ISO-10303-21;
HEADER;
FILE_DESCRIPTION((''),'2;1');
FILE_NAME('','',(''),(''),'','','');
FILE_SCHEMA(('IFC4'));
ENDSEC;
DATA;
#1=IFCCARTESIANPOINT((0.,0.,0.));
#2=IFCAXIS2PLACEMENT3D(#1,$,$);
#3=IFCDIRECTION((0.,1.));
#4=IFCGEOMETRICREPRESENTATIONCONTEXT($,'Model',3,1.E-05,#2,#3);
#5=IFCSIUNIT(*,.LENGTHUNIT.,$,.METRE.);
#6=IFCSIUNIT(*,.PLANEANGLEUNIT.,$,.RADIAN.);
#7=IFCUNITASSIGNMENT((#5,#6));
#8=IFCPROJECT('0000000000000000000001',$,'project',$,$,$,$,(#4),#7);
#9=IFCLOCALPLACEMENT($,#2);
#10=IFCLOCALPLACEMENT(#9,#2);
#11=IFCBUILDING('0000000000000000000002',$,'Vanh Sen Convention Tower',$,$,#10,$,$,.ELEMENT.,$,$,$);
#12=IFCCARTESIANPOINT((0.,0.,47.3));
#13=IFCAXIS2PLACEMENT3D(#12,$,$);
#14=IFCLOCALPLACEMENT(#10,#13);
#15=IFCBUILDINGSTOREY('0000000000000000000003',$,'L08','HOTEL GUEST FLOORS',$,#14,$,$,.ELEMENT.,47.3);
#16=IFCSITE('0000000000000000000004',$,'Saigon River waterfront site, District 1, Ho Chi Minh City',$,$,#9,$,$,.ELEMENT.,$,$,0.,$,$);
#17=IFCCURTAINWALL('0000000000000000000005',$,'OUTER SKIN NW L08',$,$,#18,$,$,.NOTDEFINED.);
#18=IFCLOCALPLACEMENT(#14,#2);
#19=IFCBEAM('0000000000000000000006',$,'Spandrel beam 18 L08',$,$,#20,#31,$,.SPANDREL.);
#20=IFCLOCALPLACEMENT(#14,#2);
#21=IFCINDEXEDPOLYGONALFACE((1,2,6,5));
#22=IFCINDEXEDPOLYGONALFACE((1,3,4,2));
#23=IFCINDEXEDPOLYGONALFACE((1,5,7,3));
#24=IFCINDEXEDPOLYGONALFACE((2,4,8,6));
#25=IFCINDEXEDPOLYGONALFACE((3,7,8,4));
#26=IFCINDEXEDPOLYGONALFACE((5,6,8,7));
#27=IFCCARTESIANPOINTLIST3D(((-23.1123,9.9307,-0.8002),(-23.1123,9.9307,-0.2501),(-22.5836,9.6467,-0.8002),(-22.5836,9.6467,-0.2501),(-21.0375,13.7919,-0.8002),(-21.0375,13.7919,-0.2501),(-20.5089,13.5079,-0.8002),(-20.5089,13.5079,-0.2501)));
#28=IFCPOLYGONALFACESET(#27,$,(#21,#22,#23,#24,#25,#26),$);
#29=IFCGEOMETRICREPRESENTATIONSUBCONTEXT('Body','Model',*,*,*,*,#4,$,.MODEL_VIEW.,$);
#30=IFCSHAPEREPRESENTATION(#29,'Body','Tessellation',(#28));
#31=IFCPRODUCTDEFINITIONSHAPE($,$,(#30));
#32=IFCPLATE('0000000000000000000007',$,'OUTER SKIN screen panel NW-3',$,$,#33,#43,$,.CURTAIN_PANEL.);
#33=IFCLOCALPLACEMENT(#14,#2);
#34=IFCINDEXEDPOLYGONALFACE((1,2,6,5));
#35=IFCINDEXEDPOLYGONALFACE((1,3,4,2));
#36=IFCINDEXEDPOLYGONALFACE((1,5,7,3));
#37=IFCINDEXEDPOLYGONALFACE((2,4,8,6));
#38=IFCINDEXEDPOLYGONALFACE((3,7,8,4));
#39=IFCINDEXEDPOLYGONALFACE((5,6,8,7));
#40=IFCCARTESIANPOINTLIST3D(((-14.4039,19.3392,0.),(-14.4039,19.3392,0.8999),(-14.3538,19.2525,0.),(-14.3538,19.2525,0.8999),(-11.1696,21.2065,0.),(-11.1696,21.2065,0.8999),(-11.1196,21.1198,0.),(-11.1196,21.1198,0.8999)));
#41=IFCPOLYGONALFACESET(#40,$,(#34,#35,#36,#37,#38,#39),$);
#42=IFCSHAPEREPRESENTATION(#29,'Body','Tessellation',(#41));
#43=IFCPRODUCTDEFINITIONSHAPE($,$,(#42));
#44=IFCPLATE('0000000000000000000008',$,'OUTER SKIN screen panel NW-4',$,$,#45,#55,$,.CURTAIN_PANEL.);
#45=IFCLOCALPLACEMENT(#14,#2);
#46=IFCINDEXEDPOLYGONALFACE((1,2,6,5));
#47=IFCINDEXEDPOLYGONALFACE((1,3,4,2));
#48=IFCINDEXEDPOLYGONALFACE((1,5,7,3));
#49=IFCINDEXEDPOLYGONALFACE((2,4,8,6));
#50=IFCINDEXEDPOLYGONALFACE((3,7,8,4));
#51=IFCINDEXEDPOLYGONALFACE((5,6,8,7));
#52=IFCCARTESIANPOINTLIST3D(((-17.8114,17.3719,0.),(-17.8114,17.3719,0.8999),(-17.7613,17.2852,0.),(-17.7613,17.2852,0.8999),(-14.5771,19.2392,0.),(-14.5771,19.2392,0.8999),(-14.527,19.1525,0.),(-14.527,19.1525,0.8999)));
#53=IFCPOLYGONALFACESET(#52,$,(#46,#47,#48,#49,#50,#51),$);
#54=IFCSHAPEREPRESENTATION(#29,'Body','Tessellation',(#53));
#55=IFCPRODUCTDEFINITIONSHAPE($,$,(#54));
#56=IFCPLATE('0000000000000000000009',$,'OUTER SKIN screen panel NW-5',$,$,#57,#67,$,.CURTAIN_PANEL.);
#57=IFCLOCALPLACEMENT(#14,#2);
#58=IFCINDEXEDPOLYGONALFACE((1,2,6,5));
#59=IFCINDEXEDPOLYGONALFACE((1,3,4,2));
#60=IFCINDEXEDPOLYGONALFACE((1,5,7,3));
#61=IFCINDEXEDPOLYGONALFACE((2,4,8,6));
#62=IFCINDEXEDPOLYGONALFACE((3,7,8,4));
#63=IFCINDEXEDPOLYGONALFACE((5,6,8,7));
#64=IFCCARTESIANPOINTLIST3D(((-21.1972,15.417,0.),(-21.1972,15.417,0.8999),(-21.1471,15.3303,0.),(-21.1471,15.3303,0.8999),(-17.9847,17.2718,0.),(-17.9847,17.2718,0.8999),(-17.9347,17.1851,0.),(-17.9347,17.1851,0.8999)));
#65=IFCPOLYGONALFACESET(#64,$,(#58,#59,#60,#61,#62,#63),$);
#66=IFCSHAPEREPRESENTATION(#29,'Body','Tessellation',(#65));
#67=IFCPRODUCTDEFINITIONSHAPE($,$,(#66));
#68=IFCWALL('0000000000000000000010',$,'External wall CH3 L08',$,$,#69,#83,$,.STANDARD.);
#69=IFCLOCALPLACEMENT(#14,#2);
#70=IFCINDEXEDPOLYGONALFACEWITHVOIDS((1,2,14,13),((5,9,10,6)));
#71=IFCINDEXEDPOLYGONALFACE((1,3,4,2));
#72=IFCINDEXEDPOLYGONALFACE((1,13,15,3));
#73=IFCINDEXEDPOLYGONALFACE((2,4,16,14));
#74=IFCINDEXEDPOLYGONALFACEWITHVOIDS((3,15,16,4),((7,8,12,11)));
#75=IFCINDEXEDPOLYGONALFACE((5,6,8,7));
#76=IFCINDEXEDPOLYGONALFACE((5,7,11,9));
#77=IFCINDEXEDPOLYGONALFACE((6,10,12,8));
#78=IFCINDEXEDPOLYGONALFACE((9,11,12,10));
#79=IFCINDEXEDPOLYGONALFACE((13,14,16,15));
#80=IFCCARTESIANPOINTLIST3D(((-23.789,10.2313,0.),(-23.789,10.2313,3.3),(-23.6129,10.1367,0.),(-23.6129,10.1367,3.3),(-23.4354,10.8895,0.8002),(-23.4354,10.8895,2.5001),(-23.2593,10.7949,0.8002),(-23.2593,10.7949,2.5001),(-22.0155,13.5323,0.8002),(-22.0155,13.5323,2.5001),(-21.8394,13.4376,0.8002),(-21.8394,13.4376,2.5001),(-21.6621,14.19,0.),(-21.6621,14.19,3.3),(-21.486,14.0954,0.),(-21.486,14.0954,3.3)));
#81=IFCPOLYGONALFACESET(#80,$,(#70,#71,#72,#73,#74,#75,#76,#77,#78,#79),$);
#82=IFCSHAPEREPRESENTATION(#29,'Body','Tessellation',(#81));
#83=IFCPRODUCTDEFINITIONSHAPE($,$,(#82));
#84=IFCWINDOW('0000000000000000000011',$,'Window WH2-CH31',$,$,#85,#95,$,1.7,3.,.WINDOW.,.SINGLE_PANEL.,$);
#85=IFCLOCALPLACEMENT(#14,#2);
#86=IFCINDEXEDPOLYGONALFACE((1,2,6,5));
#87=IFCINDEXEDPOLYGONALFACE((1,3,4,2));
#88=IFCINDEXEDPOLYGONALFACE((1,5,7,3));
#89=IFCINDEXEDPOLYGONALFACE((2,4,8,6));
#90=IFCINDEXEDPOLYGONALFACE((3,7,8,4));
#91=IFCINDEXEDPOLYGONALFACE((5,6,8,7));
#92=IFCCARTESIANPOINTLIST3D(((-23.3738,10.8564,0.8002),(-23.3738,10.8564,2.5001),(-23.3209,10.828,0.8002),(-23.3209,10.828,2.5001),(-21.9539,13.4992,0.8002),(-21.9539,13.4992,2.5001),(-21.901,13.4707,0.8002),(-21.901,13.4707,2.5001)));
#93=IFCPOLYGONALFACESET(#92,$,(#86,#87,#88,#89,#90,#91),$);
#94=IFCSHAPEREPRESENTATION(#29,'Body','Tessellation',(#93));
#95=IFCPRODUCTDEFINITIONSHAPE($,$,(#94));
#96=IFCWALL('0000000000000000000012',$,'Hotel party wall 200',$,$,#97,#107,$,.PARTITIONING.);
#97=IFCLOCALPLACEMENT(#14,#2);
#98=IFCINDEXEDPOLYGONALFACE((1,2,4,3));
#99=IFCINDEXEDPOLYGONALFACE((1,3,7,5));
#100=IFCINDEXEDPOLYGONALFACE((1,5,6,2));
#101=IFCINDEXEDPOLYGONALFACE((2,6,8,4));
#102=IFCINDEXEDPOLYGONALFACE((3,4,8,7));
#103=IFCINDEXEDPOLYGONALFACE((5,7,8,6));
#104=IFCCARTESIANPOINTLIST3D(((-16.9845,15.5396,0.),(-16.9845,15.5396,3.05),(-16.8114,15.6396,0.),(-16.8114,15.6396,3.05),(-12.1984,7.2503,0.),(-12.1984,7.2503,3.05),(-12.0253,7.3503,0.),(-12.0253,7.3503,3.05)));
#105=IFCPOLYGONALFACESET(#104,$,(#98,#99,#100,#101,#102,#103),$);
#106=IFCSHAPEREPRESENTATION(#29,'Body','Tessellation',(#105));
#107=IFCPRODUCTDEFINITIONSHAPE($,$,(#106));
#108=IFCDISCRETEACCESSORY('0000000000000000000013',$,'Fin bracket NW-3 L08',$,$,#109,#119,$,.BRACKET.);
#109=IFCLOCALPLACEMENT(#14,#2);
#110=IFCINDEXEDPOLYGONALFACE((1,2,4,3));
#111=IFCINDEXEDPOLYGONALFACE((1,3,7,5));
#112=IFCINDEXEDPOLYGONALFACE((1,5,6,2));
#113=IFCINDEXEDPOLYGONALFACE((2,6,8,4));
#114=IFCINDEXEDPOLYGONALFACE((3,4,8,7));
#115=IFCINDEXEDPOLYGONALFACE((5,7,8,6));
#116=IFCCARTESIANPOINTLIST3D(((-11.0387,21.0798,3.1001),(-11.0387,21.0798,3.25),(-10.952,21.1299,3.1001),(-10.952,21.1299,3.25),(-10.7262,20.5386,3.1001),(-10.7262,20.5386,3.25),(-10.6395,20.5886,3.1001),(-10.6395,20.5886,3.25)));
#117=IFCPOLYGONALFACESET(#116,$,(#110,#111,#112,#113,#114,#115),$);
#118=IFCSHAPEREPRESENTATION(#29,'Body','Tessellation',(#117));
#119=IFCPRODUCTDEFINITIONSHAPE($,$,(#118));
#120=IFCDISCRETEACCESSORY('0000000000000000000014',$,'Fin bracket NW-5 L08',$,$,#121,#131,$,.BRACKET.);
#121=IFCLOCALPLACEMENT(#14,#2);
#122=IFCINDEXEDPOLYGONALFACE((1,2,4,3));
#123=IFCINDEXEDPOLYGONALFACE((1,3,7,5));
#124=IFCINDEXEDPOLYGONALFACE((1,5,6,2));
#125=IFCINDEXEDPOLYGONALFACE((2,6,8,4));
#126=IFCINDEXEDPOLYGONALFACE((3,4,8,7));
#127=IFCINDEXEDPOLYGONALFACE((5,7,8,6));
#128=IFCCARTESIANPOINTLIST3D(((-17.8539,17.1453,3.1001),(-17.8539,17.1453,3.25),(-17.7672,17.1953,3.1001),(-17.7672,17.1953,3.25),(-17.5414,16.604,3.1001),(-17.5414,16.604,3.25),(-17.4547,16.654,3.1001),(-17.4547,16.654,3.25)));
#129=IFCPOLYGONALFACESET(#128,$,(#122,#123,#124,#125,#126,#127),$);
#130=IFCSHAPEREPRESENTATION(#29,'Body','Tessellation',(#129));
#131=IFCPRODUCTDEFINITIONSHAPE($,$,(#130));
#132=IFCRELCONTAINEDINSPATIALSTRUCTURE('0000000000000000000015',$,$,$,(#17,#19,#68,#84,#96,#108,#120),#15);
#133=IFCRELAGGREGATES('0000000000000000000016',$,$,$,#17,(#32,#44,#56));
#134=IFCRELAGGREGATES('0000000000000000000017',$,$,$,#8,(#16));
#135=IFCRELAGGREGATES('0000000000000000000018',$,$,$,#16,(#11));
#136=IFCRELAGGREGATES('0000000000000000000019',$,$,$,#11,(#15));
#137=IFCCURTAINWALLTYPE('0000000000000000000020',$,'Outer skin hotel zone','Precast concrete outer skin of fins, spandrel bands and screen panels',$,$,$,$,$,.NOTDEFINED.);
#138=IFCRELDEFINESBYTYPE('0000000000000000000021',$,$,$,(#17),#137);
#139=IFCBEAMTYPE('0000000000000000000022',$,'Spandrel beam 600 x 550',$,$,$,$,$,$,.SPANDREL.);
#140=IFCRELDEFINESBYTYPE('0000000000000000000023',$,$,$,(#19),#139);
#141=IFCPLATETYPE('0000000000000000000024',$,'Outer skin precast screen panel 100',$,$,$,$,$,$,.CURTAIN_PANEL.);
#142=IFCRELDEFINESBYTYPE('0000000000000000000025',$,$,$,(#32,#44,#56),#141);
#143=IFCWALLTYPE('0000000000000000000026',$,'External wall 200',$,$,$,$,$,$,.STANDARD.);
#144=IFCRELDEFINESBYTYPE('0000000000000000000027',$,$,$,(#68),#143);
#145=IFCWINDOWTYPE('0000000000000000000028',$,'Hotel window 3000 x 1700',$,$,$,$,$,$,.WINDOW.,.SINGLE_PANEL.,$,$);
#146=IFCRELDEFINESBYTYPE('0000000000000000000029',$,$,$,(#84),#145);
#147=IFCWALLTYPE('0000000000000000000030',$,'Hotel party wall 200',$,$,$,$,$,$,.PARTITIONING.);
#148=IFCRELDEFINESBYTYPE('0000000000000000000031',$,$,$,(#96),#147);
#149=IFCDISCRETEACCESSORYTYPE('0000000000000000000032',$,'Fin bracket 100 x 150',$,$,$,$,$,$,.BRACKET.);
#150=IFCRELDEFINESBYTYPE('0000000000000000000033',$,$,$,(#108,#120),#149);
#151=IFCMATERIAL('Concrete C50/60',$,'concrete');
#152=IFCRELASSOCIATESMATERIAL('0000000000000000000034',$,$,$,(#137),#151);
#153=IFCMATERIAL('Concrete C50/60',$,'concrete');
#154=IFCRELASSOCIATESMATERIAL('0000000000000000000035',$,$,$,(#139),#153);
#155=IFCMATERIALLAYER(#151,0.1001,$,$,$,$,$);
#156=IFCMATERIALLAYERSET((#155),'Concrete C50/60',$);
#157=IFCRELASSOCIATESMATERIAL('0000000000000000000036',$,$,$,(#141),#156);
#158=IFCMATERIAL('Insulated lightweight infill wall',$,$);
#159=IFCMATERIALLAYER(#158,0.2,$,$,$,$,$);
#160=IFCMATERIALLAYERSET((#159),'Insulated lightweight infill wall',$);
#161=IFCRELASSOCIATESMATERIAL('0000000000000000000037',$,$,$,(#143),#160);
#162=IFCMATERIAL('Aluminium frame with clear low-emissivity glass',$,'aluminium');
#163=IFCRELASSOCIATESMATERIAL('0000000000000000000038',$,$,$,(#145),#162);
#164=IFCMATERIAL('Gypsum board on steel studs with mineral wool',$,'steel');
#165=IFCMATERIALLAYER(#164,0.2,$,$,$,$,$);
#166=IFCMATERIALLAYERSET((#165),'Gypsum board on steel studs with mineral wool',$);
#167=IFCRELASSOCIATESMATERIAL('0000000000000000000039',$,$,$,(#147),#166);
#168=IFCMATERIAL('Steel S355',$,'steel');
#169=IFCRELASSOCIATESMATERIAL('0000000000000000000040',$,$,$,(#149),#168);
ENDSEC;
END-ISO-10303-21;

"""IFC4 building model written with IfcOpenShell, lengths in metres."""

from ifc_helpers import new_model, si_unit, direction, frame, frame_2d, origin, origin_2d, place, context, subcontext, project, spatial, rectangle, extrude, material, layer, layer_set, material_profile, profile_set, type_object, element, fill, aggregate, save


model = new_model("IFC4")

# Units and contexts
model_context = context("Model", 3, precision=1e-05, world=origin(), true_north=direction((0.0, 1.0)))
body_context = subcontext(model_context, "Body", "Model", "MODEL_VIEW")
ifc_project = project(units=[si_unit("LENGTHUNIT", "METRE"), si_unit("PLANEANGLEUNIT", "RADIAN")], contexts=[model_context])

# Site, building, storey
site_placement = place(None, origin())
site = spatial("IfcSite", under=ifc_project, at=site_placement, Name="Saigon River waterfront site, District 1, Ho Chi Minh City", CompositionType="ELEMENT", RefElevation=0.0)
building_placement = place(site_placement, origin())
building = spatial("IfcBuilding", under=site, at=building_placement, Name="Vanh Sen Convention Tower", CompositionType="ELEMENT")
storey_placement = place(building_placement, frame((0.0, 0.0, 47.3)))
storey = spatial("IfcBuildingStorey", under=building, at=storey_placement, Name="L08", Description="HOTEL GUEST FLOORS", CompositionType="ELEMENT", Elevation=47.3)

# Curtain wall
ifc_material_1 = material(Name="Concrete C50/60", Category="concrete")
curtain_wall_type = type_object("IfcCurtainWallType", Name="Outer skin hotel zone", Description="Precast concrete outer skin of fins, spandrel bands and screen panels", PredefinedType="NOTDEFINED", material=ifc_material_1)
curtain_wall_1_placement = place(storey_placement, origin())
curtain_wall_1 = element("IfcCurtainWall", 1, at=curtain_wall_1_placement, inside=storey, type_object=curtain_wall_type, Name="OUTER SKIN NW L08", PredefinedType="NOTDEFINED")

# Beam
ifc_material_2 = material(Name="Concrete C50/60", Category="concrete")
ifc_material_profile_1 = material_profile(ifc_material_2, rectangle(XDim=0.6001, YDim=0.55, at=origin_2d()), Name="RC 600X550")
ifc_profile_set_1 = profile_set([ifc_material_profile_1], Name="Concrete C50/60")
beam_type_1 = type_object("IfcBeamType", Name="Spandrel beam 600 x 550", PredefinedType="SPANDREL", material=ifc_profile_set_1)
beam_1_placement = place(storey_placement, frame((-20.7732, 13.6499, -0.5251), z_axis=(-0.473332, -0.880884, 0.0), x_axis=(0.880884, -0.473332, 0.0)))
element("IfcBeam", 2, at=beam_1_placement, inside=storey, type_object=beam_type_1, Name="Spandrel beam 18 L08", PredefinedType="SPANDREL", context=body_context, shape_type="SweptSolid", body=[
    extrude(rectangle(XDim=0.6001, YDim=0.55, at=origin_2d()), origin(), (0.0, 0.0, 1.0), 4.3833),
])

# Plates
ifc_layer_1 = layer(ifc_material_1, 0.1001)
ifc_layer_set_1 = layer_set([ifc_layer_1], Name="Concrete C50/60")
plate_type = type_object("IfcPlateType", Name="Outer skin precast screen panel 100", PredefinedType="CURTAIN_PANEL", material=ifc_layer_set_1)
plate_1_placement = place(storey_placement, frame((-12.7617, 20.2295, 0.0), z_axis=(0.0, 0.0, 1.0), x_axis=(-0.866028, -0.499995, 0.0)))
plate_1 = element("IfcPlate", 3, at=plate_1_placement, type_object=plate_type, Name="OUTER SKIN screen panel NW-3", PredefinedType="CURTAIN_PANEL", context=body_context, shape_type="SweptSolid", body=[
    extrude(rectangle(XDim=3.7346, YDim=0.1001, at=origin_2d()), origin(), (0.0, 0.0, 1.0), 0.8999),
])
plate_2_placement = place(storey_placement, frame((-16.1692, 18.2622, 0.0), z_axis=(0.0, 0.0, 1.0), x_axis=(-0.866028, -0.499995, 0.0)))
plate_2 = element("IfcPlate", 4, at=plate_2_placement, type_object=plate_type, Name="OUTER SKIN screen panel NW-4", PredefinedType="CURTAIN_PANEL", context=body_context, shape_type="SweptSolid", body=[
    extrude(rectangle(XDim=3.7346, YDim=0.1001, at=origin_2d()), origin(), (0.0, 0.0, 1.0), 0.8999),
])
plate_3_placement = place(storey_placement, frame((-19.5659, 16.301, 0.0), z_axis=(0.0, 0.0, 1.0), x_axis=(-0.866021, -0.500008, 0.0)))
plate_3 = element("IfcPlate", 5, at=plate_3_placement, type_object=plate_type, Name="OUTER SKIN screen panel NW-5", PredefinedType="CURTAIN_PANEL", context=body_context, shape_type="SweptSolid", body=[
    extrude(rectangle(XDim=3.7095, YDim=0.1001, at=origin_2d()), origin(), (0.0, 0.0, 1.0), 0.8999),
])
aggregate(curtain_wall_1, [plate_1, plate_2, plate_3])

# Wall, opening, window
ifc_material_3 = material(Name="Insulated lightweight infill wall")
ifc_layer_2 = layer(ifc_material_3, 0.2)
ifc_layer_set_2 = layer_set([ifc_layer_2], Name="Insulated lightweight infill wall")
wall_type_1 = type_object("IfcWallType", Name="External wall 200", PredefinedType="STANDARD", material=ifc_layer_set_2)
wall_1_placement = place(storey_placement, frame((-21.574, 14.1428, 0.0), z_axis=(0.0, 0.0, 1.0), x_axis=(-0.473293, -0.880905, 0.0)))
wall_1 = element("IfcWall", 6, at=wall_1_placement, inside=storey, type_object=wall_type_1, Name="External wall CH3 L08", PredefinedType="STANDARD", context=body_context, shape_type="SweptSolid", body=[
    extrude(rectangle(XDim=4.4939, YDim=0.2, at=frame_2d((2.2471, 0.0))), origin(), (0.0, 0.0, 1.0), 3.3),
])
opening_placement = place(wall_1_placement, frame((0.7468, 0.0, 0.8)))
opening = element("IfcOpeningElement", 7, at=opening_placement, cuts=wall_1, PredefinedType="OPENING", context=body_context, shape_type="SweptSolid", body=[
    extrude(rectangle(XDim=3.0, YDim=1.7, at=frame_2d((1.5, 0.8501))), frame((0.0, 0.1099, 0.0), z_axis=(0.0, -1.0, 0.0), x_axis=(1.0, 0.0, 0.0)), (0.0, 0.0, 1.0), 0.22),
])
ifc_material_4 = material(Name="Aluminium frame with clear low-emissivity glass", Category="aluminium")
window_type = type_object("IfcWindowType", Name="Hotel window 3000 x 1700", PartitioningType="SINGLE_PANEL", PredefinedType="WINDOW", material=ifc_material_4)
window_placement = place(opening_placement, origin())
window = element("IfcWindow", 8, at=window_placement, inside=storey, type_object=window_type, Name="Window WH2-CH31", OverallHeight=1.7, OverallWidth=3.0, PartitioningType="SINGLE_PANEL", PredefinedType="WINDOW", context=body_context, shape_type="SweptSolid", body=[
    extrude(rectangle(XDim=3.0, YDim=1.7, at=frame_2d((1.5, 0.8501))), frame((0.0, 0.03, 0.0), z_axis=(0.0, -1.0, 0.0), x_axis=(1.0, 0.0, 0.0)), (0.0, 0.0, 1.0), 0.0601),
])
fill(opening, window)

# Wall
ifc_material_5 = material(Name="Gypsum board on steel studs with mineral wool", Category="steel")
ifc_layer_3 = layer(ifc_material_5, 0.2)
ifc_layer_set_3 = layer_set([ifc_layer_3], Name="Gypsum board on steel studs with mineral wool")
wall_type_2 = type_object("IfcWallType", Name="Hotel party wall 200", PredefinedType="PARTITIONING", material=ifc_layer_set_3)
wall_2_placement = place(storey_placement, frame((-16.8979, 15.5896, 0.0), z_axis=(0.0, 0.0, 1.0), x_axis=(0.500023, -0.866012, 0.0)))
element("IfcWall", 9, at=wall_2_placement, inside=storey, type_object=wall_type_2, Name="Hotel party wall 200", PredefinedType="PARTITIONING", context=body_context, shape_type="SweptSolid", body=[
    extrude(rectangle(XDim=9.5718, YDim=0.2, at=frame_2d((4.7859, 0.0))), origin(), (0.0, 0.0, 1.0), 3.05),
])

# Discrete accessories
ifc_material_6 = material(Name="Steel S355", Category="steel")
discrete_accessory_type = type_object("IfcDiscreteAccessoryType", Name="Fin bracket 100 x 150", PredefinedType="BRACKET", material=ifc_material_6)
for number, where, z_axis, x_axis, name in (
    (10, (-10.8391, 20.8342, 3.1001), (0.0, 0.0, 1.0), (-0.5, 0.866025, 0.0), "Fin bracket NW-3 L08"),
    (11, (-17.6543, 16.8997, 3.1001), (0.0, 0.0, 1.0), (-0.5, 0.866025, 0.0), "Fin bracket NW-5 L08"),
):
    element("IfcDiscreteAccessory", number, at=place(storey_placement, frame(where, z_axis=z_axis, x_axis=x_axis)), inside=storey, type_object=discrete_accessory_type, Name=name, PredefinedType="BRACKET", context=body_context, shape_type="SweptSolid", body=[
        extrude(rectangle(XDim=0.625, YDim=0.1001, at=origin_2d()), origin(), (0.0, 0.0, 1.0), 0.1499),
    ])

save(model, "model.ifc")
